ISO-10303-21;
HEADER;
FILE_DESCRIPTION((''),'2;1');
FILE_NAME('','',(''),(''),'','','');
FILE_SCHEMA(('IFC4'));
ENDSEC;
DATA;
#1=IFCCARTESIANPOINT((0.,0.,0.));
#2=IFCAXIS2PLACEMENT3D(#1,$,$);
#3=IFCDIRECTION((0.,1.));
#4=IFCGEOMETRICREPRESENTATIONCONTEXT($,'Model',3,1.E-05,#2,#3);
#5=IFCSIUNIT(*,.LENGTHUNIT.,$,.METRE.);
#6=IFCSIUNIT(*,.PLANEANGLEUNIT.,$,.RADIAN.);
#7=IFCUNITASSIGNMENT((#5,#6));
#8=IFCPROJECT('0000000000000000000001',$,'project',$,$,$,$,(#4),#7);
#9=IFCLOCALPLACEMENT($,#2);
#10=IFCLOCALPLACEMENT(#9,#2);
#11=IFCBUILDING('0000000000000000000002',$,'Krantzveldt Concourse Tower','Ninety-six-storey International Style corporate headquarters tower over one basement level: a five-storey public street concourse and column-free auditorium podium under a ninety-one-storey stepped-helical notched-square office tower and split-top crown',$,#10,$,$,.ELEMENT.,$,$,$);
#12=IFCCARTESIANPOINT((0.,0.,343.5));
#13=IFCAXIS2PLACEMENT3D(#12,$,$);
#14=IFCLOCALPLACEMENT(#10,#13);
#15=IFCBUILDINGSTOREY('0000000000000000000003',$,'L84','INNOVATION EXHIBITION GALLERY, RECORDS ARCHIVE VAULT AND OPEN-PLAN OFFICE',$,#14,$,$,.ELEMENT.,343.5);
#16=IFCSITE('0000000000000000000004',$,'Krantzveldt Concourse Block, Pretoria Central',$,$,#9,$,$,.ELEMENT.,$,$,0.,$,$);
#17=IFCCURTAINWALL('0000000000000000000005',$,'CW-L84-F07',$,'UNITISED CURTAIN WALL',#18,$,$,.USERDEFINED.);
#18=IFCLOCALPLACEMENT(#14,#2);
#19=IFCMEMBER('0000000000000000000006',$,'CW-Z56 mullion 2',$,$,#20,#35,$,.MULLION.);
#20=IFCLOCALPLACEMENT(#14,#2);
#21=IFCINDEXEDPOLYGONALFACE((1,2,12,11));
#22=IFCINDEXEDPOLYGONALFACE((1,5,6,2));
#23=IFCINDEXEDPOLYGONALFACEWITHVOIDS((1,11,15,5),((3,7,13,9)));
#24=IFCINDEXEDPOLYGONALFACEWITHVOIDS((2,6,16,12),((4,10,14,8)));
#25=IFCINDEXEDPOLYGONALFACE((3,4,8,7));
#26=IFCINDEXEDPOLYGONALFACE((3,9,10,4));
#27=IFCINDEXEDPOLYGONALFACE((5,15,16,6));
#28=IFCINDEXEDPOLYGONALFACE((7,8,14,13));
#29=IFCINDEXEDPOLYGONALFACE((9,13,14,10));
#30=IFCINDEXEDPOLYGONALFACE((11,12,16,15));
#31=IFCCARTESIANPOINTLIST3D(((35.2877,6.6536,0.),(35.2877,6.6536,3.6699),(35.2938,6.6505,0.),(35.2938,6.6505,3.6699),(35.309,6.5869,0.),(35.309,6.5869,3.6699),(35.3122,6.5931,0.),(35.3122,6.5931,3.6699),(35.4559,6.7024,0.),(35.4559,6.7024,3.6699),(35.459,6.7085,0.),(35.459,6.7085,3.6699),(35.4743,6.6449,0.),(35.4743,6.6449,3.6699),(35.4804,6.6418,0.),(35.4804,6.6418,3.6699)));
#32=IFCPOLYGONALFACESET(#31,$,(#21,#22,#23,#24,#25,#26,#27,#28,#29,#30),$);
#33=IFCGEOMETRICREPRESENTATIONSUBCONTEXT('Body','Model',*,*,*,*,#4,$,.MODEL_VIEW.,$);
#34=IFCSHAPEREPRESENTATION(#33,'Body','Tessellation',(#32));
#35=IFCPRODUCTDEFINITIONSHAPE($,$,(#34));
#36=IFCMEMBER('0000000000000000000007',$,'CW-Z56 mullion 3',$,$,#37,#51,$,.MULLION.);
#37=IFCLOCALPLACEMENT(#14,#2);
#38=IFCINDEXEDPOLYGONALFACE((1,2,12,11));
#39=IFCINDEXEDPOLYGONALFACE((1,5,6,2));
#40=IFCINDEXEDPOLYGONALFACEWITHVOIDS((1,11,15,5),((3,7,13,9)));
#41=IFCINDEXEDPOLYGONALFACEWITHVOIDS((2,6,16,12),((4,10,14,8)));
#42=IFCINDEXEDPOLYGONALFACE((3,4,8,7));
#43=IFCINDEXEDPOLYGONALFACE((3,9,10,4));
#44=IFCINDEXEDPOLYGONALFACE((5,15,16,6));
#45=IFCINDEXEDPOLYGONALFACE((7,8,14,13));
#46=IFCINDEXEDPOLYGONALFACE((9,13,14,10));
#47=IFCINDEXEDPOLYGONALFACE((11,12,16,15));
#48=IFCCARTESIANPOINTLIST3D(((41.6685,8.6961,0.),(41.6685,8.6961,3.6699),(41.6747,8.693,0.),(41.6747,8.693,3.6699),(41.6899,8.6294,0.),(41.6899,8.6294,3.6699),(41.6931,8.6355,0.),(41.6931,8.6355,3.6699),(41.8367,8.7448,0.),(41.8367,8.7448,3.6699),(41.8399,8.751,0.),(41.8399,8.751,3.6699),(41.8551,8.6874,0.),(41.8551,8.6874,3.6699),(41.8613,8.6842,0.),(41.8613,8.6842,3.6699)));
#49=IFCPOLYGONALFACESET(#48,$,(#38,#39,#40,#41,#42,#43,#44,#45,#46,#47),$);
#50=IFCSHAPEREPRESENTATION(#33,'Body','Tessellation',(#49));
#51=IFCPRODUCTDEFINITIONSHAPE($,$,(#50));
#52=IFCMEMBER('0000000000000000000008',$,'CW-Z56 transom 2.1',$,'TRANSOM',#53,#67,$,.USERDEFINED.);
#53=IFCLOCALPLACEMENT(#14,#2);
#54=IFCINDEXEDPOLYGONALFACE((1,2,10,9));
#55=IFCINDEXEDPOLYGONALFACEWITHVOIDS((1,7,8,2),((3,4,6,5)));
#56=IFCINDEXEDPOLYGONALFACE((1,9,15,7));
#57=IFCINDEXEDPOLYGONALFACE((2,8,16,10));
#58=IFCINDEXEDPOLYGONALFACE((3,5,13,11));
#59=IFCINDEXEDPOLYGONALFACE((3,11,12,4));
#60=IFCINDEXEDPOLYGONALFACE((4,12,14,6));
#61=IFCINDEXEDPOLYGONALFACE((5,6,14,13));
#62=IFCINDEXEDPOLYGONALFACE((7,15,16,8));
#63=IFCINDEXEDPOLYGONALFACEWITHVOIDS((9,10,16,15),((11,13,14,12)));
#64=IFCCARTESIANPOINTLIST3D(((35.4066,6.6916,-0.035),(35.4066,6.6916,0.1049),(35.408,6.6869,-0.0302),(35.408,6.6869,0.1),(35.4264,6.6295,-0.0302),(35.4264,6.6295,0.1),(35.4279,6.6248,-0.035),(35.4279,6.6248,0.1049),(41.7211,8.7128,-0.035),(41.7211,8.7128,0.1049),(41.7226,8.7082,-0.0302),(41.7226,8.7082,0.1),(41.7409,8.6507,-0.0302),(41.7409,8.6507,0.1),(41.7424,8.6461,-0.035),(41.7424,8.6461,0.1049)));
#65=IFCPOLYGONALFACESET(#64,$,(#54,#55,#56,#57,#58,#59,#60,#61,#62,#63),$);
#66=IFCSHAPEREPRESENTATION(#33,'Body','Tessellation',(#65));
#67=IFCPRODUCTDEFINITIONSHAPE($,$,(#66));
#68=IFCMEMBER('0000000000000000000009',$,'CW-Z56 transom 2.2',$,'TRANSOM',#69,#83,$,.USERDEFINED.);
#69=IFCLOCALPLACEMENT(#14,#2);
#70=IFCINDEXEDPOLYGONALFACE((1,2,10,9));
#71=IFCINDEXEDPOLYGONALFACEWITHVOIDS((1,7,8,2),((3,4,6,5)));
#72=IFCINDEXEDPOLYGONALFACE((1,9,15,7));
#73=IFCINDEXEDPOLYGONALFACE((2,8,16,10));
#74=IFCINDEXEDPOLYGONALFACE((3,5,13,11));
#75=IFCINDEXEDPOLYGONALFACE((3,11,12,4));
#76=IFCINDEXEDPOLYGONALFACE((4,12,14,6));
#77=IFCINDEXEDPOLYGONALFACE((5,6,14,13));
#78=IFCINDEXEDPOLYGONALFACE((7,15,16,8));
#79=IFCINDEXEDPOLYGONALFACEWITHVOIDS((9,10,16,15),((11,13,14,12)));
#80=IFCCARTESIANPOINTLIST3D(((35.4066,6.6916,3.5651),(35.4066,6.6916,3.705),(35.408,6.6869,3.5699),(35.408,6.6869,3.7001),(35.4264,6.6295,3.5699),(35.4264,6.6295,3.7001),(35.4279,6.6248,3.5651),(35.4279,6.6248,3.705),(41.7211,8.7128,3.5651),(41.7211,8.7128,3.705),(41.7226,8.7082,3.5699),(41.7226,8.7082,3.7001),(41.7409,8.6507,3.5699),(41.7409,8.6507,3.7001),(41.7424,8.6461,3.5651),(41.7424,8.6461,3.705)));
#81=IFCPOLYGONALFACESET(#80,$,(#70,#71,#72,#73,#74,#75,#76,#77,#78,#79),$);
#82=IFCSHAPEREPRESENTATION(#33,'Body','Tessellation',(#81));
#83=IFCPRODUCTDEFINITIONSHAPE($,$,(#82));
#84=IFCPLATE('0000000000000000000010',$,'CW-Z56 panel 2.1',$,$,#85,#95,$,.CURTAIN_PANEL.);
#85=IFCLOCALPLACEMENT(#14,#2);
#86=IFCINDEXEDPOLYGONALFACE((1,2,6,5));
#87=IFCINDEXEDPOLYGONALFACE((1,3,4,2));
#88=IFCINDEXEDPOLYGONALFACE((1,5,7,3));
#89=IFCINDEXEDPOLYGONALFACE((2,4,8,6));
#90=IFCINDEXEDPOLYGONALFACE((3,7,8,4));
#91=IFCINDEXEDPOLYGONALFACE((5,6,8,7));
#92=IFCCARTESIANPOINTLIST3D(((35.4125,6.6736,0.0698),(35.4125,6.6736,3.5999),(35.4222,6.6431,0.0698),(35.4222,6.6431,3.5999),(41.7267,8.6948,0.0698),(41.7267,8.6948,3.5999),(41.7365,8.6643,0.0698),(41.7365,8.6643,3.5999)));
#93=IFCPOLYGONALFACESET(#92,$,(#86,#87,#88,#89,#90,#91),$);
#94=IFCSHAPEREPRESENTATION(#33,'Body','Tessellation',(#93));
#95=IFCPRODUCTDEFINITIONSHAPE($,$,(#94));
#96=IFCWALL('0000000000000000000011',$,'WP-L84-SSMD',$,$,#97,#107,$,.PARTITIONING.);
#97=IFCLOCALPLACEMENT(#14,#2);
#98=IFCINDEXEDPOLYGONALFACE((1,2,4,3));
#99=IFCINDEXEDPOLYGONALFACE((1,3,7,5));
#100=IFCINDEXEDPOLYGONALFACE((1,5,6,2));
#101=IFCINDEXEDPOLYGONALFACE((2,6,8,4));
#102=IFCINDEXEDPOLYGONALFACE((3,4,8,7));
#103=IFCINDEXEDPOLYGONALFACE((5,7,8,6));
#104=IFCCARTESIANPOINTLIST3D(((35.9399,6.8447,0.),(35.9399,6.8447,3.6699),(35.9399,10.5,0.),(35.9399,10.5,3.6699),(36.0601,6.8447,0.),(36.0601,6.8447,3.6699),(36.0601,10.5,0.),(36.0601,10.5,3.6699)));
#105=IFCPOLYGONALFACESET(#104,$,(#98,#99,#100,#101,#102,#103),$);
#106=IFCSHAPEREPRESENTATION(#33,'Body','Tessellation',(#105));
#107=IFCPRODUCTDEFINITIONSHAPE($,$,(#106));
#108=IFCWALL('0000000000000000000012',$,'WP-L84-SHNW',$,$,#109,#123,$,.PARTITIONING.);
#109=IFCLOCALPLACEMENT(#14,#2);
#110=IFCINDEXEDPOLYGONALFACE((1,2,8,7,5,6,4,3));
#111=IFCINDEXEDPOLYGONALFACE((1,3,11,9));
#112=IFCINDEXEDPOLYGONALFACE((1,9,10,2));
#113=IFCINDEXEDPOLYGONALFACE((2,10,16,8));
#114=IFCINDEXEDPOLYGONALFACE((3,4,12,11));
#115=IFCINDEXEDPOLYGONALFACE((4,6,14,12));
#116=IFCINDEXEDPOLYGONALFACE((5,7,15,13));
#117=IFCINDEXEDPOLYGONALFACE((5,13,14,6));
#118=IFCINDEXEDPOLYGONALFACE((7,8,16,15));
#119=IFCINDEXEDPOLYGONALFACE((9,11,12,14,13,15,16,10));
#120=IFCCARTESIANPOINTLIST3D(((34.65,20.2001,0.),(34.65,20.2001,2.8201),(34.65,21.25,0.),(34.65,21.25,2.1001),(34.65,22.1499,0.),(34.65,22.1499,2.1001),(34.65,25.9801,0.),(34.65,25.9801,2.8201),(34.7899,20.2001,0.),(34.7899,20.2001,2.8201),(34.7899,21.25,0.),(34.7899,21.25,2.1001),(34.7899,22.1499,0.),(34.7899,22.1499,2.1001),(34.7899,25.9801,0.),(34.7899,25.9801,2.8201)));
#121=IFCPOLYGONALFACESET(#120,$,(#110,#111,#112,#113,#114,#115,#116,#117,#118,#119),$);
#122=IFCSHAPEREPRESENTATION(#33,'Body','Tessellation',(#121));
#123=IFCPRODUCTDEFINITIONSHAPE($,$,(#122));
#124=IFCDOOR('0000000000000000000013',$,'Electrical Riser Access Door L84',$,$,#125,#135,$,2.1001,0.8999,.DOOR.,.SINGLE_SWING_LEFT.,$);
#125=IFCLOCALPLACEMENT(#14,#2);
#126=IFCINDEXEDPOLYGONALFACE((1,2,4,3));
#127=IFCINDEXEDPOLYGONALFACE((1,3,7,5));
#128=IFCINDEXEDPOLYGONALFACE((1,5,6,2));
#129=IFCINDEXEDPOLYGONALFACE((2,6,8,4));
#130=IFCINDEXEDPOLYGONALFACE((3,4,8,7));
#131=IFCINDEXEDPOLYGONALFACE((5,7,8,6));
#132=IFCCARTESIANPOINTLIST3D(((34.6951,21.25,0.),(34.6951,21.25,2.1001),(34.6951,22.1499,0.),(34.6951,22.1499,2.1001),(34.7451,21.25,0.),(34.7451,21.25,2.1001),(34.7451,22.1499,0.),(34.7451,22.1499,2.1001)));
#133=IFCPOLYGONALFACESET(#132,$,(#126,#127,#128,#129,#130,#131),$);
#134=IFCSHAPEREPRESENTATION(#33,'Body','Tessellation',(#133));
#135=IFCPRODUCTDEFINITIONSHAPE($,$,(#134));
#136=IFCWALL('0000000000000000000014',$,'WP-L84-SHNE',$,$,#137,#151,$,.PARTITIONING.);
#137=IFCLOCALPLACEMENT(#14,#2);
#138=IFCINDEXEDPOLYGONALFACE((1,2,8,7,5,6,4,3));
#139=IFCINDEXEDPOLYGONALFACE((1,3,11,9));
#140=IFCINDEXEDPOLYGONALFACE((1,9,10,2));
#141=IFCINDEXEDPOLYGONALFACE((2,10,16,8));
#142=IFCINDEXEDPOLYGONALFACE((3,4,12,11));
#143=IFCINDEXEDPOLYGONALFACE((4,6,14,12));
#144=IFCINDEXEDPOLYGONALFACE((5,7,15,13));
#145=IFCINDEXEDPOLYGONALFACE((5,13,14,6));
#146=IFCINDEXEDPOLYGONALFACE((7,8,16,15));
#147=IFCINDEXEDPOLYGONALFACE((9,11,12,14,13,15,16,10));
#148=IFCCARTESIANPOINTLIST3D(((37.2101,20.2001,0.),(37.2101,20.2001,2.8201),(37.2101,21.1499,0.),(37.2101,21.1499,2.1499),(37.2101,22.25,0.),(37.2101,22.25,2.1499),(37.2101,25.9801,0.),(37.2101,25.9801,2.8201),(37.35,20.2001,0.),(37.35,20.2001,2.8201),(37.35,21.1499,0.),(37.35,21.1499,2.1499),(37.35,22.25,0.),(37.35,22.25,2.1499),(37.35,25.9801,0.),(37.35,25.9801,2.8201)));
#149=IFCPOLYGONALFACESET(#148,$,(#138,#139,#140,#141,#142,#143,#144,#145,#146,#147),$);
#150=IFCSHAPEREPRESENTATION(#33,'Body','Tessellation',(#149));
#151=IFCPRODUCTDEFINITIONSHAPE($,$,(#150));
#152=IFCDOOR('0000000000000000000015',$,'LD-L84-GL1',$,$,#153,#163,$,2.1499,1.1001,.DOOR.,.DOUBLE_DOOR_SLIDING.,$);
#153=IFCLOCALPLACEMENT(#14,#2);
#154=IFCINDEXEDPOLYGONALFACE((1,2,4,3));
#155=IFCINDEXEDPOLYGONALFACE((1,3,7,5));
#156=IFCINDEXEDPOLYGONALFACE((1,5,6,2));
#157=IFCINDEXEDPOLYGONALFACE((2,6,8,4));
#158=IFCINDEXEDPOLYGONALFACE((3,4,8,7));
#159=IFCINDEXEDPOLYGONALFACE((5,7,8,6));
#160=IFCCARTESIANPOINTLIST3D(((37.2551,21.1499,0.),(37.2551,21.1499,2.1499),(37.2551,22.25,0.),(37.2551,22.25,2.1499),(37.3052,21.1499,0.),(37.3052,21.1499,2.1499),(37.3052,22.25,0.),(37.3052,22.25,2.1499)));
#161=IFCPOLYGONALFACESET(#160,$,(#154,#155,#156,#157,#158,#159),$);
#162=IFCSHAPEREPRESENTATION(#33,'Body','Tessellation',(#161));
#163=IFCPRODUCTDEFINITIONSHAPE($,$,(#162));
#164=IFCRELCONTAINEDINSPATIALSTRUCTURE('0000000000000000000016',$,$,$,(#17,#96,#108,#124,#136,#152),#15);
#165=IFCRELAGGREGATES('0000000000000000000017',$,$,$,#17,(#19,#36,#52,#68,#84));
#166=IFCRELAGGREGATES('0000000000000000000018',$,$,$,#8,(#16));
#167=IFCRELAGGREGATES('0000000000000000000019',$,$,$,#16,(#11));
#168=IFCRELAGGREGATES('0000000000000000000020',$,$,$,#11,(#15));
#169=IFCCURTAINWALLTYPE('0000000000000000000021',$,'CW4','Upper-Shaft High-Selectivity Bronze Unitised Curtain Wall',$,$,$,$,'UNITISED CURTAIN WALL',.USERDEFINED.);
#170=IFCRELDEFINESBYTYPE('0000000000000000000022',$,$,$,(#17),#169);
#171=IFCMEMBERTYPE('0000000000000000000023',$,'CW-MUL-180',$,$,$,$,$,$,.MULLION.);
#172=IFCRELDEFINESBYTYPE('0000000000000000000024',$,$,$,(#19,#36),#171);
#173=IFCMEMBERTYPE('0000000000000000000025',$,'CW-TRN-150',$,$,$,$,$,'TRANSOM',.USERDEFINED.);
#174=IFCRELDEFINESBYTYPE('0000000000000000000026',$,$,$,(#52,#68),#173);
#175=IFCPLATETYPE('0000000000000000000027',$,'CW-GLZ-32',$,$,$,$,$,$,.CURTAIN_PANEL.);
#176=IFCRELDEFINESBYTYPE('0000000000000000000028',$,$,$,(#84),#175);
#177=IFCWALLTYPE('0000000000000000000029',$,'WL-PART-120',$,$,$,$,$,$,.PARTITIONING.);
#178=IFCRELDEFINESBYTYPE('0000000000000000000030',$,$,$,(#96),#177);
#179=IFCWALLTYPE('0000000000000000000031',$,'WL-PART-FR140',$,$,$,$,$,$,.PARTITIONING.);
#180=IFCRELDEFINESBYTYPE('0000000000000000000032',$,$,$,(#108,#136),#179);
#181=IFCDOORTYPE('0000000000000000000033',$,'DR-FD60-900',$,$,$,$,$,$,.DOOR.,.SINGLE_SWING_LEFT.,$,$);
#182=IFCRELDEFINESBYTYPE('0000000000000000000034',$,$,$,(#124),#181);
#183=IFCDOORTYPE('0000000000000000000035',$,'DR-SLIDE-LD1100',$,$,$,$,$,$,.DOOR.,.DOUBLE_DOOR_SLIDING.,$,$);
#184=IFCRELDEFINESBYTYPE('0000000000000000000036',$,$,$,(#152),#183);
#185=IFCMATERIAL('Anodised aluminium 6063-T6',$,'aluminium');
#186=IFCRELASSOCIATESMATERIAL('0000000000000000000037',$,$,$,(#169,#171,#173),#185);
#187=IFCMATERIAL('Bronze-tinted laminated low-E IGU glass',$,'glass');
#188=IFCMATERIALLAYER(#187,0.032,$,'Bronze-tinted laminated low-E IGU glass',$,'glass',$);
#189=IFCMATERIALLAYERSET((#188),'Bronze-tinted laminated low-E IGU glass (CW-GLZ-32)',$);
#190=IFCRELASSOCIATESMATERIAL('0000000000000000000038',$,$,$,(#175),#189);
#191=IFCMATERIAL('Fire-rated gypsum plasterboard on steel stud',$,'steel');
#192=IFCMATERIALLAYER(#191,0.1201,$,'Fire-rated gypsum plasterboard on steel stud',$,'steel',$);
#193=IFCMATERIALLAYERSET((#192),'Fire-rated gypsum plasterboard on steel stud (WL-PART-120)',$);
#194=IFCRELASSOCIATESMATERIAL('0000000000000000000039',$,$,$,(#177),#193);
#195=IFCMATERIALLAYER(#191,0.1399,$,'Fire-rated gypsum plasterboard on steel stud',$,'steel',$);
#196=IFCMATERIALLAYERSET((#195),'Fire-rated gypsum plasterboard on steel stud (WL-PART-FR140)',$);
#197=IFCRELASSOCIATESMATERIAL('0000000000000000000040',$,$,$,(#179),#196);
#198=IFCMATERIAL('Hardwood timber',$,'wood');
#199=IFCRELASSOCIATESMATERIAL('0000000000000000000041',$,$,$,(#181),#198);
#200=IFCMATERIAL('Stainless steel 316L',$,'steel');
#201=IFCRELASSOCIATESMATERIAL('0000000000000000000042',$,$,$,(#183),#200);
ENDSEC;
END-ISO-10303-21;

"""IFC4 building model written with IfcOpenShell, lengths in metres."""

from ifc_helpers import new_model, si_unit, direction, frame, frame_2d, origin, origin_2d, place, context, subcontext, project, spatial, rectangle, hollow_rectangle, extrude, source, transform, mapped, material, layer, layer_set, material_profile, profile_set, type_object, type_shapes, element, fill, aggregate, save


model = new_model("IFC4")

# Units and contexts
model_context = context("Model", 3, precision=1e-05, world=origin(), true_north=direction((0.0, 1.0)))
body_context = subcontext(model_context, "Body", "Model", "MODEL_VIEW")
ifc_project = project(units=[si_unit("LENGTHUNIT", "METRE"), si_unit("PLANEANGLEUNIT", "RADIAN")], contexts=[model_context])

# Site, building, storey
site_placement = place(None, origin())
site = spatial("IfcSite", under=ifc_project, at=site_placement, Name="Krantzveldt Concourse Block, Pretoria Central", CompositionType="ELEMENT", RefElevation=0.0)
building_placement = place(site_placement, origin())
building = spatial("IfcBuilding", under=site, at=building_placement, Name="Krantzveldt Concourse Tower", Description="Ninety-six-storey International Style corporate headquarters tower over one basement level: a five-storey public street concourse and column-free auditorium podium under a ninety-one-storey stepped-helical notched-square office tower and split-top crown", CompositionType="ELEMENT")
storey_placement = place(building_placement, frame((0.0, 0.0, 343.5)))
storey = spatial("IfcBuildingStorey", under=building, at=storey_placement, Name="L84", Description="INNOVATION EXHIBITION GALLERY, RECORDS ARCHIVE VAULT AND OPEN-PLAN OFFICE", CompositionType="ELEMENT", Elevation=343.5)

# Curtain wall, members, plate
ifc_material_1 = material(Name="Anodised aluminium 6063-T6", Category="aluminium")
curtain_wall_type = type_object("IfcCurtainWallType", Name="CW4", Description="Upper-Shaft High-Selectivity Bronze Unitised Curtain Wall", ElementType="UNITISED CURTAIN WALL", PredefinedType="USERDEFINED", material=ifc_material_1)
curtain_wall_placement = place(storey_placement, origin())
curtain_wall = element("IfcCurtainWall", 1, at=curtain_wall_placement, inside=storey, type_object=curtain_wall_type, Name="CW-L84-F07", ObjectType="UNITISED CURTAIN WALL", PredefinedType="USERDEFINED")
ifc_material_profile_1 = material_profile(ifc_material_1, hollow_rectangle(XDim=0.0701, YDim=0.1799, WallThickness=0.0049, at=origin_2d()), Name="Anodised aluminium 6063-T6", Category="aluminium")
ifc_profile_set_1 = profile_set([ifc_material_profile_1], Name="Anodised aluminium 6063-T6 - ALU-MULL 180x70x5")
member_type_1 = type_object("IfcMemberType", Name="CW-MUL-180", PredefinedType="MULLION", material=ifc_profile_set_1)
shared_shape_1 = source(origin(), body_context, "Body", "SweptSolid", [
    extrude(hollow_rectangle(XDim=0.0701, YDim=0.1799, WallThickness=0.0049, at=origin_2d()), origin(), (0.0, 0.0, 1.0), 3.6699),
])
type_shapes(member_type_1, [shared_shape_1])
member_1_placement = place(storey_placement, frame((35.384, 6.6477, 0.0), z_axis=(0.0, 0.0, 1.0), x_axis=(-0.304864, 0.952396, 0.0)))
member_1 = element("IfcMember", 2, at=member_1_placement, type_object=member_type_1, Name="CW-Z56 mullion 2", PredefinedType="MULLION", context=body_context, shape_type="MappedRepresentation", body=[
    mapped(shared_shape_1, transform((0.0, 0.0, 0.0), x_axis=(1.0, 0.0, 0.0), y_axis=(0.0, 1.0, 0.0), z_axis=(0.0, 0.0, 1.0), scale=1.0)),
])
member_2_placement = place(storey_placement, frame((41.7649, 8.6902, 0.0), z_axis=(0.0, 0.0, 1.0), x_axis=(-0.304864, 0.952396, 0.0)))
member_2 = element("IfcMember", 3, at=member_2_placement, type_object=member_type_1, Name="CW-Z56 mullion 3", PredefinedType="MULLION", context=body_context, shape_type="MappedRepresentation", body=[
    mapped(shared_shape_1, transform((0.0, 0.0, 0.0), x_axis=(1.0, 0.0, 0.0), y_axis=(0.0, 1.0, 0.0), z_axis=(0.0, 0.0, 1.0), scale=1.0)),
])
ifc_material_profile_2 = material_profile(ifc_material_1, hollow_rectangle(XDim=0.0701, YDim=0.1399, WallThickness=0.0049, at=origin_2d()), Name="Anodised aluminium 6063-T6", Category="aluminium")
ifc_profile_set_2 = profile_set([ifc_material_profile_2], Name="Anodised aluminium 6063-T6 - ALU-TRAN 140x70x5")
member_type_2 = type_object("IfcMemberType", Name="CW-TRN-150", ElementType="TRANSOM", PredefinedType="USERDEFINED", material=ifc_profile_set_2)
shared_shape_2 = source(origin(), body_context, "Body", "SweptSolid", [
    extrude(hollow_rectangle(XDim=0.0701, YDim=0.1399, WallThickness=0.0049, at=origin_2d()), origin(), (0.0, 0.0, 1.0), 6.6301),
])
type_shapes(member_type_2, [shared_shape_2])
member_3_placement = place(storey_placement, frame((35.4172, 6.6582, 0.0349), z_axis=(0.952397, 0.30486, 0.0), x_axis=(-0.30486, 0.952397, 0.0)))
member_3 = element("IfcMember", 4, at=member_3_placement, type_object=member_type_2, Name="CW-Z56 transom 2.1", ObjectType="TRANSOM", PredefinedType="USERDEFINED", context=body_context, shape_type="MappedRepresentation", body=[
    mapped(shared_shape_2, transform((0.0, 0.0, 0.0), x_axis=(1.0, 0.0, 0.0), y_axis=(0.0, 1.0, 0.0), z_axis=(0.0, 0.0, 1.0), scale=1.0)),
])
member_4_placement = place(storey_placement, frame((35.4172, 6.6582, 3.635), z_axis=(0.952397, 0.30486, 0.0), x_axis=(-0.30486, 0.952397, 0.0)))
member_4 = element("IfcMember", 5, at=member_4_placement, type_object=member_type_2, Name="CW-Z56 transom 2.2", ObjectType="TRANSOM", PredefinedType="USERDEFINED", context=body_context, shape_type="MappedRepresentation", body=[
    mapped(shared_shape_2, transform((0.0, 0.0, 0.0), x_axis=(1.0, 0.0, 0.0), y_axis=(0.0, 1.0, 0.0), z_axis=(0.0, 0.0, 1.0), scale=1.0)),
])
ifc_material_2 = material(Name="Bronze-tinted laminated low-E IGU glass", Category="glass")
ifc_layer_1 = layer(ifc_material_2, 0.032, Name="Bronze-tinted laminated low-E IGU glass", Category="glass")
ifc_layer_set_1 = layer_set([ifc_layer_1], Name="Bronze-tinted laminated low-E IGU glass (CW-GLZ-32)")
plate_type = type_object("IfcPlateType", Name="CW-GLZ-32", PredefinedType="CURTAIN_PANEL", material=ifc_layer_set_1)
shared_shape_3 = source(origin(), body_context, "Body", "SweptSolid", [
    extrude(rectangle(XDim=6.6299, YDim=0.032, at=origin_2d()), origin(), (0.0, 0.0, 1.0), 3.53),
])
type_shapes(plate_type, [shared_shape_3])
plate_placement = place(storey_placement, frame((38.5745, 7.6689, 0.0698), z_axis=(0.0, 0.0, 1.0), x_axis=(0.952396, 0.304864, 0.0)))
plate = element("IfcPlate", 6, at=plate_placement, type_object=plate_type, Name="CW-Z56 panel 2.1", PredefinedType="CURTAIN_PANEL", context=body_context, shape_type="MappedRepresentation", body=[
    mapped(shared_shape_3, transform((0.0, 0.0, 0.0), x_axis=(1.0, 0.0, 0.0), y_axis=(0.0, 1.0, 0.0), z_axis=(0.0, 0.0, 1.0), scale=1.0)),
])
aggregate(curtain_wall, [member_1, member_2, member_3, member_4, plate])

# Wall
ifc_material_3 = material(Name="Fire-rated gypsum plasterboard on steel stud", Category="steel")
ifc_layer_2 = layer(ifc_material_3, 0.1201, Name="Fire-rated gypsum plasterboard on steel stud", Category="steel")
ifc_layer_set_2 = layer_set([ifc_layer_2], Name="Fire-rated gypsum plasterboard on steel stud (WL-PART-120)")
wall_type_1 = type_object("IfcWallType", Name="WL-PART-120", PredefinedType="PARTITIONING", material=ifc_layer_set_2)
wall_1_placement = place(storey_placement, frame((36.0, 6.8447, 0.0), z_axis=(0.0, 0.0, 1.0), x_axis=(0.0, 1.0, 0.0)))
element("IfcWall", 7, at=wall_1_placement, inside=storey, type_object=wall_type_1, Name="WP-L84-SSMD", PredefinedType="PARTITIONING", context=body_context, shape_type="SweptSolid", body=[
    extrude(rectangle(XDim=3.6553, YDim=0.1201, at=frame_2d((1.8276, 0.0))), origin(), (0.0, 0.0, 1.0), 3.6699),
])

# Walls, openings, doors
ifc_layer_3 = layer(ifc_material_3, 0.1399, Name="Fire-rated gypsum plasterboard on steel stud", Category="steel")
ifc_layer_set_3 = layer_set([ifc_layer_3], Name="Fire-rated gypsum plasterboard on steel stud (WL-PART-FR140)")
wall_type_2 = type_object("IfcWallType", Name="WL-PART-FR140", PredefinedType="PARTITIONING", material=ifc_layer_set_3)
wall_2_placement = place(storey_placement, frame((34.72, 20.2, 0.0), z_axis=(0.0, 0.0, 1.0), x_axis=(0.0, 1.0, 0.0)))
wall_2 = element("IfcWall", 8, at=wall_2_placement, inside=storey, type_object=wall_type_2, Name="WP-L84-SHNW", PredefinedType="PARTITIONING", context=body_context, shape_type="SweptSolid", body=[
    extrude(rectangle(XDim=5.78, YDim=0.1399, at=frame_2d((2.8901, 0.0))), origin(), (0.0, 0.0, 1.0), 2.8201),
])
opening_1_placement = place(wall_2_placement, frame((1.05, 0.0, 0.0)))
opening_1 = element("IfcOpeningElement", 9, at=opening_1_placement, cuts=wall_2, PredefinedType="OPENING", context=body_context, shape_type="SweptSolid", body=[
    extrude(rectangle(XDim=0.8999, YDim=2.1001, at=frame_2d((0.45, 1.05))), frame((0.0, 0.0801, 0.0), z_axis=(0.0, -1.0, 0.0), x_axis=(1.0, 0.0, 0.0)), (0.0, 0.0, 1.0), 0.1599),
])
ifc_material_4 = material(Name="Hardwood timber", Category="wood")
door_type_1 = type_object("IfcDoorType", Name="DR-FD60-900", OperationType="SINGLE_SWING_LEFT", PredefinedType="DOOR", material=ifc_material_4)
door_1_placement = place(opening_1_placement, origin())
door_1 = element("IfcDoor", 10, at=door_1_placement, inside=storey, type_object=door_type_1, Name="Electrical Riser Access Door L84", OperationType="SINGLE_SWING_LEFT", OverallHeight=2.1001, OverallWidth=0.8999, PredefinedType="DOOR", context=body_context, shape_type="SweptSolid", body=[
    extrude(rectangle(XDim=0.8999, YDim=2.1001, at=frame_2d((0.45, 1.05))), frame((0.0, 0.0249, 0.0), z_axis=(0.0, -1.0, 0.0), x_axis=(1.0, 0.0, 0.0)), (0.0, 0.0, 1.0), 0.05),
])
fill(opening_1, door_1)
wall_3_placement = place(storey_placement, frame((37.28, 20.2, 0.0), z_axis=(0.0, 0.0, 1.0), x_axis=(0.0, 1.0, 0.0)))
wall_3 = element("IfcWall", 11, at=wall_3_placement, inside=storey, type_object=wall_type_2, Name="WP-L84-SHNE", PredefinedType="PARTITIONING", context=body_context, shape_type="SweptSolid", body=[
    extrude(rectangle(XDim=5.78, YDim=0.1399, at=frame_2d((2.8901, 0.0))), origin(), (0.0, 0.0, 1.0), 2.8201),
])
opening_2_placement = place(wall_3_placement, frame((0.95, 0.0, 0.0)))
opening_2 = element("IfcOpeningElement", 12, at=opening_2_placement, cuts=wall_3, PredefinedType="OPENING", context=body_context, shape_type="SweptSolid", body=[
    extrude(rectangle(XDim=1.1001, YDim=2.1499, at=frame_2d((0.55, 1.075))), frame((0.0, 0.0801, 0.0), z_axis=(0.0, -1.0, 0.0), x_axis=(1.0, 0.0, 0.0)), (0.0, 0.0, 1.0), 0.1599),
])
ifc_material_5 = material(Name="Stainless steel 316L", Category="steel")
door_type_2 = type_object("IfcDoorType", Name="DR-SLIDE-LD1100", OperationType="DOUBLE_DOOR_SLIDING", PredefinedType="DOOR", material=ifc_material_5)
door_2_placement = place(opening_2_placement, origin())
door_2 = element("IfcDoor", 13, at=door_2_placement, inside=storey, type_object=door_type_2, Name="LD-L84-GL1", OperationType="DOUBLE_DOOR_SLIDING", OverallHeight=2.1499, OverallWidth=1.1001, PredefinedType="DOOR", context=body_context, shape_type="SweptSolid", body=[
    extrude(rectangle(XDim=1.1001, YDim=2.1499, at=frame_2d((0.55, 1.075))), frame((0.0, 0.0249, 0.0), z_axis=(0.0, -1.0, 0.0), x_axis=(1.0, 0.0, 0.0)), (0.0, 0.0, 1.0), 0.05),
])
fill(opening_2, door_2)

save(model, "model.ifc")
